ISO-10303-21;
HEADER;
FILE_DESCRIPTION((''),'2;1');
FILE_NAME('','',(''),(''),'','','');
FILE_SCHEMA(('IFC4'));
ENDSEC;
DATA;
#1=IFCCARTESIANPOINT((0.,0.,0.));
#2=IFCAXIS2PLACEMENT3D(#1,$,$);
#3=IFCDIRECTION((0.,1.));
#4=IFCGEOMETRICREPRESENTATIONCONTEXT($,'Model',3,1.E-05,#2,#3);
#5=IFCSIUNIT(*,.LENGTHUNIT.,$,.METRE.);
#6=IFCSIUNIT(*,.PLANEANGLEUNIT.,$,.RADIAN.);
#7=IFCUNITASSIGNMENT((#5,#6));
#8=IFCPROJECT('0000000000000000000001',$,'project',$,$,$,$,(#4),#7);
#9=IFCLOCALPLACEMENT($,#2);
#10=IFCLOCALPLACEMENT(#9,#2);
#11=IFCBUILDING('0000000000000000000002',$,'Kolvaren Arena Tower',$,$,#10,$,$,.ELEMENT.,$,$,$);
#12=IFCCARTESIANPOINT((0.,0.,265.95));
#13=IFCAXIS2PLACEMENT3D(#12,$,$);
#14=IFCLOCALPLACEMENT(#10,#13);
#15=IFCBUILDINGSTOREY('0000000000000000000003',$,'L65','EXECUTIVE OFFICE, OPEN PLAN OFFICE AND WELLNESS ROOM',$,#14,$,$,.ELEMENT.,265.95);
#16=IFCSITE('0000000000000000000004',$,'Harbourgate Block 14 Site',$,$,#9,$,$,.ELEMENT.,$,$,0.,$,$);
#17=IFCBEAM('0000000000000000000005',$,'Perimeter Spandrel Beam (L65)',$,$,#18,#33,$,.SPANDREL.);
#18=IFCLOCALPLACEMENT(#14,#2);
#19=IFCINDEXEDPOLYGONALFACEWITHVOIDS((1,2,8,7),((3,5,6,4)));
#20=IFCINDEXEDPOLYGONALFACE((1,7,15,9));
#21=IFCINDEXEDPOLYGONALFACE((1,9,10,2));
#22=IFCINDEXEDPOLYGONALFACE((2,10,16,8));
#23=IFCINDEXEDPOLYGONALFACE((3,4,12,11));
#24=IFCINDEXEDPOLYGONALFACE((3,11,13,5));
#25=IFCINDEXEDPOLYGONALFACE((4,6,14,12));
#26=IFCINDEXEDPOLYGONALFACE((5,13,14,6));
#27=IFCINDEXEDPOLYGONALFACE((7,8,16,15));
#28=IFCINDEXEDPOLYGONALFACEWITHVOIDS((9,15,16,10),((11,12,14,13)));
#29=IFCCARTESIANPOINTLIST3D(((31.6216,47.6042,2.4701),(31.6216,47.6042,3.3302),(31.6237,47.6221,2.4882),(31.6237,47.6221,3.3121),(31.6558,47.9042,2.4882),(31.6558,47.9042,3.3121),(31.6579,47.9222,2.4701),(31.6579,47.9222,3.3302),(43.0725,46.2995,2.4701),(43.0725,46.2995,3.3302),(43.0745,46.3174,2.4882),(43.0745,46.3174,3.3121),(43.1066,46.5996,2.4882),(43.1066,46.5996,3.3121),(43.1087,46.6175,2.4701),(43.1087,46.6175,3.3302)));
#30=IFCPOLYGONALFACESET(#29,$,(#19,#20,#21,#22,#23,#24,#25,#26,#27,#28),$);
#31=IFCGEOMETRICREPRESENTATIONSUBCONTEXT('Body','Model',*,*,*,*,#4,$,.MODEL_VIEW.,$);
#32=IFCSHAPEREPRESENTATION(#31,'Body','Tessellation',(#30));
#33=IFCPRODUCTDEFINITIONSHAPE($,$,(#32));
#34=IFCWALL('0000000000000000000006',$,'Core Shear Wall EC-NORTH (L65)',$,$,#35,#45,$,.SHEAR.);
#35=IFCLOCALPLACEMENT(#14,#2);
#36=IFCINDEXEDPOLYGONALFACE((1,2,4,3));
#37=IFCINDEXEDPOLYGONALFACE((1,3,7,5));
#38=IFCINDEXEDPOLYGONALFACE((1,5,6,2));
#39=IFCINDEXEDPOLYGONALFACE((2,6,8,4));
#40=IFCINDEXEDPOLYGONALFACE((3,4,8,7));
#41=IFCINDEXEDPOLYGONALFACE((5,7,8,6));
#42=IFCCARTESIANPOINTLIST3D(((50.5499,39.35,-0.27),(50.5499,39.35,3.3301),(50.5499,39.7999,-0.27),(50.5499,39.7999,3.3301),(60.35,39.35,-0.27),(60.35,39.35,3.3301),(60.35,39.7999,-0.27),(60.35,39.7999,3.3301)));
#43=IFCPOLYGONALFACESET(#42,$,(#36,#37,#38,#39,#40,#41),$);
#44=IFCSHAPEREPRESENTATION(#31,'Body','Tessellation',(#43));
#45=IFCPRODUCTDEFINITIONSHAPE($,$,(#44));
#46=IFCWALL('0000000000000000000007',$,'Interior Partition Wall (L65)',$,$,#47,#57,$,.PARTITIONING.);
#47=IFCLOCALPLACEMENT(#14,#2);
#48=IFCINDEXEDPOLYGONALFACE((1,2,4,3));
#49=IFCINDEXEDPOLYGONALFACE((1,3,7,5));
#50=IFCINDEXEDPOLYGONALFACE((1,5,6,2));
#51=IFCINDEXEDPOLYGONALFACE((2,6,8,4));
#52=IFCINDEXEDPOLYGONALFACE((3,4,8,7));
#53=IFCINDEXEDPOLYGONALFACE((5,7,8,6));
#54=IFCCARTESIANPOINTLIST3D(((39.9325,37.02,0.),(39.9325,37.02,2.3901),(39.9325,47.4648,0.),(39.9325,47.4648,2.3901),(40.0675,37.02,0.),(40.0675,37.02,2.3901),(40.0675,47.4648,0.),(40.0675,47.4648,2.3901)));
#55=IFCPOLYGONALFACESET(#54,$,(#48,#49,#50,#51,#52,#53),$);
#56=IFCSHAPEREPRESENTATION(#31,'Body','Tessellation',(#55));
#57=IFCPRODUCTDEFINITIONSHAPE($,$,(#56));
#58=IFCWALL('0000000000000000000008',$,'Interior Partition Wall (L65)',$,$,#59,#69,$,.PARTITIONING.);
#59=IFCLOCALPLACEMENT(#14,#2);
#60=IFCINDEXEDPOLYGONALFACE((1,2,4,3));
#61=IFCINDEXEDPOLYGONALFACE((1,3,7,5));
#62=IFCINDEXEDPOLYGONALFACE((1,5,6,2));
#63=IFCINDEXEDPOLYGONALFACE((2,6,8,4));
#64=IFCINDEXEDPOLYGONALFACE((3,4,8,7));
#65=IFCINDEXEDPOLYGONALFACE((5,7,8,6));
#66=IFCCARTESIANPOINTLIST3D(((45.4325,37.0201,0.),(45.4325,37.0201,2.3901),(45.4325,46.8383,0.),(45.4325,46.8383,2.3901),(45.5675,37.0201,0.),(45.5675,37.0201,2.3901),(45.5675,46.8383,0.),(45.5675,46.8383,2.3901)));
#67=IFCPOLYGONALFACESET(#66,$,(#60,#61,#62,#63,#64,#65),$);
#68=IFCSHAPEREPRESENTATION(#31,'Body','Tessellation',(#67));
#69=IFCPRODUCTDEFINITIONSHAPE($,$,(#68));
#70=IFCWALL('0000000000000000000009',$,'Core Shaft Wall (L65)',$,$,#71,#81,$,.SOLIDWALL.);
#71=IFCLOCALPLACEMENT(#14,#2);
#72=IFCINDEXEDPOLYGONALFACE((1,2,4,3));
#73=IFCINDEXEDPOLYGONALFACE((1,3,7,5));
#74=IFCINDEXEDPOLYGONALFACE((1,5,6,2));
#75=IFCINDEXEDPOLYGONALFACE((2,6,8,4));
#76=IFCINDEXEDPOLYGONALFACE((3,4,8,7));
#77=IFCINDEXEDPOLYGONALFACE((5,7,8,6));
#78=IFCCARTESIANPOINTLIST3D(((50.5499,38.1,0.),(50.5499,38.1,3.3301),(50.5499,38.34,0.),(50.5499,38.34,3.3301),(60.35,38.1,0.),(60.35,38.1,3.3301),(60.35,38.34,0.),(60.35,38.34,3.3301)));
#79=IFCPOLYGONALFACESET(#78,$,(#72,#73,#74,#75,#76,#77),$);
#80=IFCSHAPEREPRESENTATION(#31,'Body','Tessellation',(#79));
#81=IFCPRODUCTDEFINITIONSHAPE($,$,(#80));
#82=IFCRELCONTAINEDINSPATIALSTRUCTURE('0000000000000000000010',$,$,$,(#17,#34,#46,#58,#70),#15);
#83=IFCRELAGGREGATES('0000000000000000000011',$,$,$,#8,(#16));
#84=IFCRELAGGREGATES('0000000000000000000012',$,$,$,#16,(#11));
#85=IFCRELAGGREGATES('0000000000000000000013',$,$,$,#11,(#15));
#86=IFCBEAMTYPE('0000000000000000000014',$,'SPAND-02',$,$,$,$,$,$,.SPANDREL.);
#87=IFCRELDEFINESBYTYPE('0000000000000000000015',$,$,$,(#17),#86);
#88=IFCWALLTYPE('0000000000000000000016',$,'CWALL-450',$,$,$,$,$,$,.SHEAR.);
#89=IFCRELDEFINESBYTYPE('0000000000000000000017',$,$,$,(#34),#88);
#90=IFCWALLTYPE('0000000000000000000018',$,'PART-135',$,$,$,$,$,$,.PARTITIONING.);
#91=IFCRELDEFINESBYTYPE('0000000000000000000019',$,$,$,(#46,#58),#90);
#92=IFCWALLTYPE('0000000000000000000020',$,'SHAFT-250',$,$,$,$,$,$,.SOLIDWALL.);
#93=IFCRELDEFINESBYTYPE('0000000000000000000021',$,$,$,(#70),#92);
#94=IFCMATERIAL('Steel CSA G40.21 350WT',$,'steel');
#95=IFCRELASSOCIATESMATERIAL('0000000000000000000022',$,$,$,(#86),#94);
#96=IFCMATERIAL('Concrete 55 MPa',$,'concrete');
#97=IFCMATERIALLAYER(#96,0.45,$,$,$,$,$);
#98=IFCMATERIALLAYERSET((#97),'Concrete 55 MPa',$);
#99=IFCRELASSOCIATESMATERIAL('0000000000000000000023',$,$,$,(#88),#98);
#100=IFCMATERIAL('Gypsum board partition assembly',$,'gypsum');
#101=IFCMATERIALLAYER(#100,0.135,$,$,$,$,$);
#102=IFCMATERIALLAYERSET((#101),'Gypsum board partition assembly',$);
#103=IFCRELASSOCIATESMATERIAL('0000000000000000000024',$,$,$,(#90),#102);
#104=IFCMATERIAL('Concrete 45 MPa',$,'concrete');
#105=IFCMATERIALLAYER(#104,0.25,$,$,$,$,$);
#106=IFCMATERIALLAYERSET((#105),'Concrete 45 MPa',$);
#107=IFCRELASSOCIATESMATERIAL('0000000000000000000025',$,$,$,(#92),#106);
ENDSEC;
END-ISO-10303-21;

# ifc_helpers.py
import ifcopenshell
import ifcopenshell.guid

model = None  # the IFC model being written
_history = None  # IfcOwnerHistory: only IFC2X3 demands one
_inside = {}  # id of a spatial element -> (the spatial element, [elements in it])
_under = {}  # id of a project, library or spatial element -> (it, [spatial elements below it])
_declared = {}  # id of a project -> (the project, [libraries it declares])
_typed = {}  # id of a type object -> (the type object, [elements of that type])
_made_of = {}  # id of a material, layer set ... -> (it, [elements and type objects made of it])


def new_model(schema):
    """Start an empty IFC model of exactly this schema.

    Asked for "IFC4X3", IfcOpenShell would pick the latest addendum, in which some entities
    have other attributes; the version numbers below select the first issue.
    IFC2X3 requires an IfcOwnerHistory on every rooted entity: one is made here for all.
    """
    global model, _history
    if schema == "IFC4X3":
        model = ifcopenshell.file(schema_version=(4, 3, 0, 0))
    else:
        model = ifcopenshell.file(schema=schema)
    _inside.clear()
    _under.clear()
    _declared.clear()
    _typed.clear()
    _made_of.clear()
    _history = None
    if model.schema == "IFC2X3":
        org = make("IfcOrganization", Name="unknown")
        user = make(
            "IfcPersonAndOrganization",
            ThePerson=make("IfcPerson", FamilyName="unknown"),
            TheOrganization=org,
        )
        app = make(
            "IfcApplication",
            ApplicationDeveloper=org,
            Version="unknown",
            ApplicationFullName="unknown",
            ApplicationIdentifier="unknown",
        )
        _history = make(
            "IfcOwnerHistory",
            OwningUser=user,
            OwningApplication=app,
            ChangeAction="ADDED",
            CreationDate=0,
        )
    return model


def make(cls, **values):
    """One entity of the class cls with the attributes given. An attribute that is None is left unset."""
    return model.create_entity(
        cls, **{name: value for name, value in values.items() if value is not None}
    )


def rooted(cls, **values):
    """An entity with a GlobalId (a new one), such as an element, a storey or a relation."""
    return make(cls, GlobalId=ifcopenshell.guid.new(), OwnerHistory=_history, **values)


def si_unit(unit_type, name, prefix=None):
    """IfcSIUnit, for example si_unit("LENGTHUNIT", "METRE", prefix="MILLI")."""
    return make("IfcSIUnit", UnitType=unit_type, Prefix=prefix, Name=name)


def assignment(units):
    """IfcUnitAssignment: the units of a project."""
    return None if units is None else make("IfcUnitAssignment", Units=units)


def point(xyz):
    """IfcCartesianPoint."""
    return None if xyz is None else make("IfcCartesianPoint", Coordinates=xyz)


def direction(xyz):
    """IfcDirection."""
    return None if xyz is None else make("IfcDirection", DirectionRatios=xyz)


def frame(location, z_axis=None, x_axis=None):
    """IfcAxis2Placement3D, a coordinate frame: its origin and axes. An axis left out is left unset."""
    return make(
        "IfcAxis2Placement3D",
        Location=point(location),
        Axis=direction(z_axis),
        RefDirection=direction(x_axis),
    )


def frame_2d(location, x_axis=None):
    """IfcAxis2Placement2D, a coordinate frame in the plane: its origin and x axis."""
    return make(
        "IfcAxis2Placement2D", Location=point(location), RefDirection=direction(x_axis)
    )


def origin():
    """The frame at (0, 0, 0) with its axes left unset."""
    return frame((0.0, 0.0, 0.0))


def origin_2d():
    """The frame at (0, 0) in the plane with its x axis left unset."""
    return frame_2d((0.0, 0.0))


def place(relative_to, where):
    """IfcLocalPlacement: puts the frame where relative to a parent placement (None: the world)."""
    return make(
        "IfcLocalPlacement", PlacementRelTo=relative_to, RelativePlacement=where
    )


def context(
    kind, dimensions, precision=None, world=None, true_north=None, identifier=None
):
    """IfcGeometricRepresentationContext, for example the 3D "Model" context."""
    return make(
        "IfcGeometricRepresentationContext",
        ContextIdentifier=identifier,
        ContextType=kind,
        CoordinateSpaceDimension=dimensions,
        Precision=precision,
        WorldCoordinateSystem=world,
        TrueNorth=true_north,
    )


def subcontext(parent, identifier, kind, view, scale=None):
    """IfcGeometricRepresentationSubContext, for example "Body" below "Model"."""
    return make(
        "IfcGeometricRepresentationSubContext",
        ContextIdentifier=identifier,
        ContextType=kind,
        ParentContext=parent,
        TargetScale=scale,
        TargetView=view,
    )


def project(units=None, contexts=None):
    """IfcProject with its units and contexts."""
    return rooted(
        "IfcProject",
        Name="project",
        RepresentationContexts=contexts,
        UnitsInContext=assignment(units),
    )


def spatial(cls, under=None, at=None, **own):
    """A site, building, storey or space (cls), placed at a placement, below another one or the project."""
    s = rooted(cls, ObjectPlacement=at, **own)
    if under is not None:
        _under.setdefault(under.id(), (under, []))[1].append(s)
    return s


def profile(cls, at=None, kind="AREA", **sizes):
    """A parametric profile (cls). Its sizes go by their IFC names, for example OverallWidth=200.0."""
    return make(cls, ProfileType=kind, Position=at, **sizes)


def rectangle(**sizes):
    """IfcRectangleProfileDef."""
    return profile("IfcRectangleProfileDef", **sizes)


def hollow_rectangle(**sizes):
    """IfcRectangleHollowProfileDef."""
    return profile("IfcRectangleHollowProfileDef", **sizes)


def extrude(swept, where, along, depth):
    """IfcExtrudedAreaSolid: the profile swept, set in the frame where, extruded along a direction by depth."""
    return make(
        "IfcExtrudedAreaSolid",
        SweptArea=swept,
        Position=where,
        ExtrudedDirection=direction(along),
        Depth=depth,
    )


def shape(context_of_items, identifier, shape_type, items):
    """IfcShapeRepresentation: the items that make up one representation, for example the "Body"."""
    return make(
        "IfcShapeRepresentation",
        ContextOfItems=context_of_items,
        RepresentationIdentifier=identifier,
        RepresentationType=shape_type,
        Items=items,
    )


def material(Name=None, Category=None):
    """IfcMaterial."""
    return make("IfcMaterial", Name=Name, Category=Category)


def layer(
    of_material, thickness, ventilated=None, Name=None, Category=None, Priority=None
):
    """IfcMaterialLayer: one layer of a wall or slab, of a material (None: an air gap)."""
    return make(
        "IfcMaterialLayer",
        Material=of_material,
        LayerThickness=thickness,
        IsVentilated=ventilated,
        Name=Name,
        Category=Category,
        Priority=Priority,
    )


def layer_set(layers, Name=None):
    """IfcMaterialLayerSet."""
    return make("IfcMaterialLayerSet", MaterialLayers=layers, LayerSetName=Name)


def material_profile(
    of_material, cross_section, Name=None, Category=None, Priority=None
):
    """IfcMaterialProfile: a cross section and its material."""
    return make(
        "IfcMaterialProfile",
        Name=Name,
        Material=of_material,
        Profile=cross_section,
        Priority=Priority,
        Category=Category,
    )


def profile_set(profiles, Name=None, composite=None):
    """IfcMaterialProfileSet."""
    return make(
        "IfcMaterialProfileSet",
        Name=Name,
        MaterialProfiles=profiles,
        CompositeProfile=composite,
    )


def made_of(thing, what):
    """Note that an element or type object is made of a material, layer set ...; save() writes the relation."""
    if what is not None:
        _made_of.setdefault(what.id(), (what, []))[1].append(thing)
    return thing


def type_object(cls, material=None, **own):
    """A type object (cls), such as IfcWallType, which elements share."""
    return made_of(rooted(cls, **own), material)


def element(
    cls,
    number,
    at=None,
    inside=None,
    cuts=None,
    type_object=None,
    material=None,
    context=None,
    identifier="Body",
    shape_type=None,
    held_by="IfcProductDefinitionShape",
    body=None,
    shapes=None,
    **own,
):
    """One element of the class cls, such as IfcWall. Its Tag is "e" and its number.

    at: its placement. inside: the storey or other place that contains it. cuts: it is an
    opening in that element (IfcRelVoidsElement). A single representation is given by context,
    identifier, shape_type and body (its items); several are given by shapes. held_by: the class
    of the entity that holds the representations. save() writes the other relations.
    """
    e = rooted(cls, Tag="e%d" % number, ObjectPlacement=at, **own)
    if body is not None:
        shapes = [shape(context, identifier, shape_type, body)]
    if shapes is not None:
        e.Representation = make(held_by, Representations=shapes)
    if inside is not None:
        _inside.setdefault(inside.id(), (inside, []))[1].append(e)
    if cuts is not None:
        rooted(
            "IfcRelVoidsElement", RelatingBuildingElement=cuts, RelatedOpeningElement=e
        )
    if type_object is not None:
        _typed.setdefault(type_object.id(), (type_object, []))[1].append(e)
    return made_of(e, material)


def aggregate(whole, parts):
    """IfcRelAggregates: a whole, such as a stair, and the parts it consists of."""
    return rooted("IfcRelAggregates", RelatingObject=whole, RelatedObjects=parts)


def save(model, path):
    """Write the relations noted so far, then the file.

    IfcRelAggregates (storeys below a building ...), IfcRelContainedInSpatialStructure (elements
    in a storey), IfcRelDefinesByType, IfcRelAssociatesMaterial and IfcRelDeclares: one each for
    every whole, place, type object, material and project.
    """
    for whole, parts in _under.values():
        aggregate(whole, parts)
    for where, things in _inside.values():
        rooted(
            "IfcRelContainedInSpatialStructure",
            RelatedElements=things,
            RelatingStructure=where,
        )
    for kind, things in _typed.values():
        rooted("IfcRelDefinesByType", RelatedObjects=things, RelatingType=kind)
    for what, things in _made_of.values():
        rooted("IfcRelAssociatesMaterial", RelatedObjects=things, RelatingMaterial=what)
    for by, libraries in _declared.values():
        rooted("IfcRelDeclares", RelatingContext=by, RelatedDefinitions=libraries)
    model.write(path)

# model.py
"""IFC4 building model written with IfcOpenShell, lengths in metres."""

from ifc_helpers import new_model, si_unit, direction, frame, frame_2d, origin, origin_2d, place, context, subcontext, project, spatial, rectangle, hollow_rectangle, extrude, material, layer, layer_set, material_profile, profile_set, type_object, element, save


model = new_model("IFC4")

# Units and contexts
model_context = context("Model", 3, precision=1e-05, world=origin(), true_north=direction((0.0, 1.0)))
body_context = subcontext(model_context, "Body", "Model", "MODEL_VIEW")
ifc_project = project(units=[si_unit("LENGTHUNIT", "METRE"), si_unit("PLANEANGLEUNIT", "RADIAN")], contexts=[model_context])

# Site, building, storey
site_placement = place(None, origin())
site = spatial("IfcSite", under=ifc_project, at=site_placement, Name="Harbourgate Block 14 Site", CompositionType="ELEMENT", RefElevation=0.0)
building_placement = place(site_placement, origin())
building = spatial("IfcBuilding", under=site, at=building_placement, Name="Kolvaren Arena Tower", CompositionType="ELEMENT")
storey_placement = place(building_placement, frame((0.0, 0.0, 265.95)))
storey = spatial("IfcBuildingStorey", under=building, at=storey_placement, Name="L65", Description="EXECUTIVE OFFICE, OPEN PLAN OFFICE AND WELLNESS ROOM", CompositionType="ELEMENT", Elevation=265.95)

# Beam
ifc_material_1 = material(Name="Steel CSA G40.21 350WT", Category="steel")
ifc_material_profile_1 = material_profile(ifc_material_1, hollow_rectangle(XDim=0.3201, YDim=0.8601, WallThickness=0.0181, at=origin_2d()), Name="HSS 860x320x18")
ifc_profile_set_1 = profile_set([ifc_material_profile_1], Name="Steel CSA G40.21 350WT")
beam_type_1 = type_object("IfcBeamType", Name="SPAND-02", PredefinedType="SPANDREL", material=ifc_profile_set_1)
beam_1_placement = place(storey_placement, frame((43.0906, 46.4585, 2.9001), z_axis=(-0.993572, 0.113205, 0.0), x_axis=(-0.113205, -0.993572, 0.0)))
element("IfcBeam", 1, at=beam_1_placement, inside=storey, type_object=beam_type_1, Name="Perimeter Spandrel Beam (L65)", PredefinedType="SPANDREL", context=body_context, shape_type="SweptSolid", body=[
    extrude(hollow_rectangle(XDim=0.3201, YDim=0.8601, WallThickness=0.0181, at=origin_2d()), origin(), (0.0, 0.0, 1.0), 11.5249),
])

# Walls
ifc_material_2 = material(Name="Concrete 55 MPa", Category="concrete")
ifc_layer_1 = layer(ifc_material_2, 0.45)
ifc_layer_set_1 = layer_set([ifc_layer_1], Name="Concrete 55 MPa")
wall_type_1 = type_object("IfcWallType", Name="CWALL-450", PredefinedType="SHEAR", material=ifc_layer_set_1)
wall_1_placement = place(storey_placement, frame((50.55, 39.575, -0.27), z_axis=(0.0, 0.0, 1.0), x_axis=(1.0, 0.0, 0.0)))
element("IfcWall", 2, at=wall_1_placement, inside=storey, type_object=wall_type_1, Name="Core Shear Wall EC-NORTH (L65)", PredefinedType="SHEAR", context=body_context, shape_type="SweptSolid", body=[
    extrude(rectangle(XDim=9.8, YDim=0.45, at=frame_2d((4.8999, 0.0))), origin(), (0.0, 0.0, 1.0), 3.6001),
])
ifc_material_3 = material(Name="Gypsum board partition assembly", Category="gypsum")
ifc_layer_2 = layer(ifc_material_3, 0.135)
ifc_layer_set_2 = layer_set([ifc_layer_2], Name="Gypsum board partition assembly")
wall_type_2 = type_object("IfcWallType", Name="PART-135", PredefinedType="PARTITIONING", material=ifc_layer_set_2)
wall_2_placement = place(storey_placement, frame((40.0, 37.02, 0.0), z_axis=(0.0, 0.0, 1.0), x_axis=(0.0, 1.0, 0.0)))
element("IfcWall", 3, at=wall_2_placement, inside=storey, type_object=wall_type_2, Name="Interior Partition Wall (L65)", PredefinedType="PARTITIONING", context=body_context, shape_type="SweptSolid", body=[
    extrude(rectangle(XDim=10.4448, YDim=0.135, at=frame_2d((5.2224, 0.0))), origin(), (0.0, 0.0, 1.0), 2.3901),
])
wall_3_placement = place(storey_placement, frame((45.5, 37.02, 0.0), z_axis=(0.0, 0.0, 1.0), x_axis=(0.0, 1.0, 0.0)))
element("IfcWall", 4, at=wall_3_placement, inside=storey, type_object=wall_type_2, Name="Interior Partition Wall (L65)", PredefinedType="PARTITIONING", context=body_context, shape_type="SweptSolid", body=[
    extrude(rectangle(XDim=9.8181, YDim=0.135, at=frame_2d((4.9092, 0.0))), origin(), (0.0, 0.0, 1.0), 2.3901),
])
ifc_material_4 = material(Name="Concrete 45 MPa", Category="concrete")
ifc_layer_3 = layer(ifc_material_4, 0.25)
ifc_layer_set_3 = layer_set([ifc_layer_3], Name="Concrete 45 MPa")
wall_type_3 = type_object("IfcWallType", Name="SHAFT-250", PredefinedType="SOLIDWALL", material=ifc_layer_set_3)
wall_4_placement = place(storey_placement, frame((50.55, 38.22, 0.0), z_axis=(0.0, 0.0, 1.0), x_axis=(1.0, 0.0, 0.0)))
element("IfcWall", 5, at=wall_4_placement, inside=storey, type_object=wall_type_3, Name="Core Shaft Wall (L65)", PredefinedType="SOLIDWALL", context=body_context, shape_type="SweptSolid", body=[
    extrude(rectangle(XDim=9.8, YDim=0.24, at=frame_2d((4.8999, 0.0))), origin(), (0.0, 0.0, 1.0), 3.3301),
])

save(model, "model.ifc")
